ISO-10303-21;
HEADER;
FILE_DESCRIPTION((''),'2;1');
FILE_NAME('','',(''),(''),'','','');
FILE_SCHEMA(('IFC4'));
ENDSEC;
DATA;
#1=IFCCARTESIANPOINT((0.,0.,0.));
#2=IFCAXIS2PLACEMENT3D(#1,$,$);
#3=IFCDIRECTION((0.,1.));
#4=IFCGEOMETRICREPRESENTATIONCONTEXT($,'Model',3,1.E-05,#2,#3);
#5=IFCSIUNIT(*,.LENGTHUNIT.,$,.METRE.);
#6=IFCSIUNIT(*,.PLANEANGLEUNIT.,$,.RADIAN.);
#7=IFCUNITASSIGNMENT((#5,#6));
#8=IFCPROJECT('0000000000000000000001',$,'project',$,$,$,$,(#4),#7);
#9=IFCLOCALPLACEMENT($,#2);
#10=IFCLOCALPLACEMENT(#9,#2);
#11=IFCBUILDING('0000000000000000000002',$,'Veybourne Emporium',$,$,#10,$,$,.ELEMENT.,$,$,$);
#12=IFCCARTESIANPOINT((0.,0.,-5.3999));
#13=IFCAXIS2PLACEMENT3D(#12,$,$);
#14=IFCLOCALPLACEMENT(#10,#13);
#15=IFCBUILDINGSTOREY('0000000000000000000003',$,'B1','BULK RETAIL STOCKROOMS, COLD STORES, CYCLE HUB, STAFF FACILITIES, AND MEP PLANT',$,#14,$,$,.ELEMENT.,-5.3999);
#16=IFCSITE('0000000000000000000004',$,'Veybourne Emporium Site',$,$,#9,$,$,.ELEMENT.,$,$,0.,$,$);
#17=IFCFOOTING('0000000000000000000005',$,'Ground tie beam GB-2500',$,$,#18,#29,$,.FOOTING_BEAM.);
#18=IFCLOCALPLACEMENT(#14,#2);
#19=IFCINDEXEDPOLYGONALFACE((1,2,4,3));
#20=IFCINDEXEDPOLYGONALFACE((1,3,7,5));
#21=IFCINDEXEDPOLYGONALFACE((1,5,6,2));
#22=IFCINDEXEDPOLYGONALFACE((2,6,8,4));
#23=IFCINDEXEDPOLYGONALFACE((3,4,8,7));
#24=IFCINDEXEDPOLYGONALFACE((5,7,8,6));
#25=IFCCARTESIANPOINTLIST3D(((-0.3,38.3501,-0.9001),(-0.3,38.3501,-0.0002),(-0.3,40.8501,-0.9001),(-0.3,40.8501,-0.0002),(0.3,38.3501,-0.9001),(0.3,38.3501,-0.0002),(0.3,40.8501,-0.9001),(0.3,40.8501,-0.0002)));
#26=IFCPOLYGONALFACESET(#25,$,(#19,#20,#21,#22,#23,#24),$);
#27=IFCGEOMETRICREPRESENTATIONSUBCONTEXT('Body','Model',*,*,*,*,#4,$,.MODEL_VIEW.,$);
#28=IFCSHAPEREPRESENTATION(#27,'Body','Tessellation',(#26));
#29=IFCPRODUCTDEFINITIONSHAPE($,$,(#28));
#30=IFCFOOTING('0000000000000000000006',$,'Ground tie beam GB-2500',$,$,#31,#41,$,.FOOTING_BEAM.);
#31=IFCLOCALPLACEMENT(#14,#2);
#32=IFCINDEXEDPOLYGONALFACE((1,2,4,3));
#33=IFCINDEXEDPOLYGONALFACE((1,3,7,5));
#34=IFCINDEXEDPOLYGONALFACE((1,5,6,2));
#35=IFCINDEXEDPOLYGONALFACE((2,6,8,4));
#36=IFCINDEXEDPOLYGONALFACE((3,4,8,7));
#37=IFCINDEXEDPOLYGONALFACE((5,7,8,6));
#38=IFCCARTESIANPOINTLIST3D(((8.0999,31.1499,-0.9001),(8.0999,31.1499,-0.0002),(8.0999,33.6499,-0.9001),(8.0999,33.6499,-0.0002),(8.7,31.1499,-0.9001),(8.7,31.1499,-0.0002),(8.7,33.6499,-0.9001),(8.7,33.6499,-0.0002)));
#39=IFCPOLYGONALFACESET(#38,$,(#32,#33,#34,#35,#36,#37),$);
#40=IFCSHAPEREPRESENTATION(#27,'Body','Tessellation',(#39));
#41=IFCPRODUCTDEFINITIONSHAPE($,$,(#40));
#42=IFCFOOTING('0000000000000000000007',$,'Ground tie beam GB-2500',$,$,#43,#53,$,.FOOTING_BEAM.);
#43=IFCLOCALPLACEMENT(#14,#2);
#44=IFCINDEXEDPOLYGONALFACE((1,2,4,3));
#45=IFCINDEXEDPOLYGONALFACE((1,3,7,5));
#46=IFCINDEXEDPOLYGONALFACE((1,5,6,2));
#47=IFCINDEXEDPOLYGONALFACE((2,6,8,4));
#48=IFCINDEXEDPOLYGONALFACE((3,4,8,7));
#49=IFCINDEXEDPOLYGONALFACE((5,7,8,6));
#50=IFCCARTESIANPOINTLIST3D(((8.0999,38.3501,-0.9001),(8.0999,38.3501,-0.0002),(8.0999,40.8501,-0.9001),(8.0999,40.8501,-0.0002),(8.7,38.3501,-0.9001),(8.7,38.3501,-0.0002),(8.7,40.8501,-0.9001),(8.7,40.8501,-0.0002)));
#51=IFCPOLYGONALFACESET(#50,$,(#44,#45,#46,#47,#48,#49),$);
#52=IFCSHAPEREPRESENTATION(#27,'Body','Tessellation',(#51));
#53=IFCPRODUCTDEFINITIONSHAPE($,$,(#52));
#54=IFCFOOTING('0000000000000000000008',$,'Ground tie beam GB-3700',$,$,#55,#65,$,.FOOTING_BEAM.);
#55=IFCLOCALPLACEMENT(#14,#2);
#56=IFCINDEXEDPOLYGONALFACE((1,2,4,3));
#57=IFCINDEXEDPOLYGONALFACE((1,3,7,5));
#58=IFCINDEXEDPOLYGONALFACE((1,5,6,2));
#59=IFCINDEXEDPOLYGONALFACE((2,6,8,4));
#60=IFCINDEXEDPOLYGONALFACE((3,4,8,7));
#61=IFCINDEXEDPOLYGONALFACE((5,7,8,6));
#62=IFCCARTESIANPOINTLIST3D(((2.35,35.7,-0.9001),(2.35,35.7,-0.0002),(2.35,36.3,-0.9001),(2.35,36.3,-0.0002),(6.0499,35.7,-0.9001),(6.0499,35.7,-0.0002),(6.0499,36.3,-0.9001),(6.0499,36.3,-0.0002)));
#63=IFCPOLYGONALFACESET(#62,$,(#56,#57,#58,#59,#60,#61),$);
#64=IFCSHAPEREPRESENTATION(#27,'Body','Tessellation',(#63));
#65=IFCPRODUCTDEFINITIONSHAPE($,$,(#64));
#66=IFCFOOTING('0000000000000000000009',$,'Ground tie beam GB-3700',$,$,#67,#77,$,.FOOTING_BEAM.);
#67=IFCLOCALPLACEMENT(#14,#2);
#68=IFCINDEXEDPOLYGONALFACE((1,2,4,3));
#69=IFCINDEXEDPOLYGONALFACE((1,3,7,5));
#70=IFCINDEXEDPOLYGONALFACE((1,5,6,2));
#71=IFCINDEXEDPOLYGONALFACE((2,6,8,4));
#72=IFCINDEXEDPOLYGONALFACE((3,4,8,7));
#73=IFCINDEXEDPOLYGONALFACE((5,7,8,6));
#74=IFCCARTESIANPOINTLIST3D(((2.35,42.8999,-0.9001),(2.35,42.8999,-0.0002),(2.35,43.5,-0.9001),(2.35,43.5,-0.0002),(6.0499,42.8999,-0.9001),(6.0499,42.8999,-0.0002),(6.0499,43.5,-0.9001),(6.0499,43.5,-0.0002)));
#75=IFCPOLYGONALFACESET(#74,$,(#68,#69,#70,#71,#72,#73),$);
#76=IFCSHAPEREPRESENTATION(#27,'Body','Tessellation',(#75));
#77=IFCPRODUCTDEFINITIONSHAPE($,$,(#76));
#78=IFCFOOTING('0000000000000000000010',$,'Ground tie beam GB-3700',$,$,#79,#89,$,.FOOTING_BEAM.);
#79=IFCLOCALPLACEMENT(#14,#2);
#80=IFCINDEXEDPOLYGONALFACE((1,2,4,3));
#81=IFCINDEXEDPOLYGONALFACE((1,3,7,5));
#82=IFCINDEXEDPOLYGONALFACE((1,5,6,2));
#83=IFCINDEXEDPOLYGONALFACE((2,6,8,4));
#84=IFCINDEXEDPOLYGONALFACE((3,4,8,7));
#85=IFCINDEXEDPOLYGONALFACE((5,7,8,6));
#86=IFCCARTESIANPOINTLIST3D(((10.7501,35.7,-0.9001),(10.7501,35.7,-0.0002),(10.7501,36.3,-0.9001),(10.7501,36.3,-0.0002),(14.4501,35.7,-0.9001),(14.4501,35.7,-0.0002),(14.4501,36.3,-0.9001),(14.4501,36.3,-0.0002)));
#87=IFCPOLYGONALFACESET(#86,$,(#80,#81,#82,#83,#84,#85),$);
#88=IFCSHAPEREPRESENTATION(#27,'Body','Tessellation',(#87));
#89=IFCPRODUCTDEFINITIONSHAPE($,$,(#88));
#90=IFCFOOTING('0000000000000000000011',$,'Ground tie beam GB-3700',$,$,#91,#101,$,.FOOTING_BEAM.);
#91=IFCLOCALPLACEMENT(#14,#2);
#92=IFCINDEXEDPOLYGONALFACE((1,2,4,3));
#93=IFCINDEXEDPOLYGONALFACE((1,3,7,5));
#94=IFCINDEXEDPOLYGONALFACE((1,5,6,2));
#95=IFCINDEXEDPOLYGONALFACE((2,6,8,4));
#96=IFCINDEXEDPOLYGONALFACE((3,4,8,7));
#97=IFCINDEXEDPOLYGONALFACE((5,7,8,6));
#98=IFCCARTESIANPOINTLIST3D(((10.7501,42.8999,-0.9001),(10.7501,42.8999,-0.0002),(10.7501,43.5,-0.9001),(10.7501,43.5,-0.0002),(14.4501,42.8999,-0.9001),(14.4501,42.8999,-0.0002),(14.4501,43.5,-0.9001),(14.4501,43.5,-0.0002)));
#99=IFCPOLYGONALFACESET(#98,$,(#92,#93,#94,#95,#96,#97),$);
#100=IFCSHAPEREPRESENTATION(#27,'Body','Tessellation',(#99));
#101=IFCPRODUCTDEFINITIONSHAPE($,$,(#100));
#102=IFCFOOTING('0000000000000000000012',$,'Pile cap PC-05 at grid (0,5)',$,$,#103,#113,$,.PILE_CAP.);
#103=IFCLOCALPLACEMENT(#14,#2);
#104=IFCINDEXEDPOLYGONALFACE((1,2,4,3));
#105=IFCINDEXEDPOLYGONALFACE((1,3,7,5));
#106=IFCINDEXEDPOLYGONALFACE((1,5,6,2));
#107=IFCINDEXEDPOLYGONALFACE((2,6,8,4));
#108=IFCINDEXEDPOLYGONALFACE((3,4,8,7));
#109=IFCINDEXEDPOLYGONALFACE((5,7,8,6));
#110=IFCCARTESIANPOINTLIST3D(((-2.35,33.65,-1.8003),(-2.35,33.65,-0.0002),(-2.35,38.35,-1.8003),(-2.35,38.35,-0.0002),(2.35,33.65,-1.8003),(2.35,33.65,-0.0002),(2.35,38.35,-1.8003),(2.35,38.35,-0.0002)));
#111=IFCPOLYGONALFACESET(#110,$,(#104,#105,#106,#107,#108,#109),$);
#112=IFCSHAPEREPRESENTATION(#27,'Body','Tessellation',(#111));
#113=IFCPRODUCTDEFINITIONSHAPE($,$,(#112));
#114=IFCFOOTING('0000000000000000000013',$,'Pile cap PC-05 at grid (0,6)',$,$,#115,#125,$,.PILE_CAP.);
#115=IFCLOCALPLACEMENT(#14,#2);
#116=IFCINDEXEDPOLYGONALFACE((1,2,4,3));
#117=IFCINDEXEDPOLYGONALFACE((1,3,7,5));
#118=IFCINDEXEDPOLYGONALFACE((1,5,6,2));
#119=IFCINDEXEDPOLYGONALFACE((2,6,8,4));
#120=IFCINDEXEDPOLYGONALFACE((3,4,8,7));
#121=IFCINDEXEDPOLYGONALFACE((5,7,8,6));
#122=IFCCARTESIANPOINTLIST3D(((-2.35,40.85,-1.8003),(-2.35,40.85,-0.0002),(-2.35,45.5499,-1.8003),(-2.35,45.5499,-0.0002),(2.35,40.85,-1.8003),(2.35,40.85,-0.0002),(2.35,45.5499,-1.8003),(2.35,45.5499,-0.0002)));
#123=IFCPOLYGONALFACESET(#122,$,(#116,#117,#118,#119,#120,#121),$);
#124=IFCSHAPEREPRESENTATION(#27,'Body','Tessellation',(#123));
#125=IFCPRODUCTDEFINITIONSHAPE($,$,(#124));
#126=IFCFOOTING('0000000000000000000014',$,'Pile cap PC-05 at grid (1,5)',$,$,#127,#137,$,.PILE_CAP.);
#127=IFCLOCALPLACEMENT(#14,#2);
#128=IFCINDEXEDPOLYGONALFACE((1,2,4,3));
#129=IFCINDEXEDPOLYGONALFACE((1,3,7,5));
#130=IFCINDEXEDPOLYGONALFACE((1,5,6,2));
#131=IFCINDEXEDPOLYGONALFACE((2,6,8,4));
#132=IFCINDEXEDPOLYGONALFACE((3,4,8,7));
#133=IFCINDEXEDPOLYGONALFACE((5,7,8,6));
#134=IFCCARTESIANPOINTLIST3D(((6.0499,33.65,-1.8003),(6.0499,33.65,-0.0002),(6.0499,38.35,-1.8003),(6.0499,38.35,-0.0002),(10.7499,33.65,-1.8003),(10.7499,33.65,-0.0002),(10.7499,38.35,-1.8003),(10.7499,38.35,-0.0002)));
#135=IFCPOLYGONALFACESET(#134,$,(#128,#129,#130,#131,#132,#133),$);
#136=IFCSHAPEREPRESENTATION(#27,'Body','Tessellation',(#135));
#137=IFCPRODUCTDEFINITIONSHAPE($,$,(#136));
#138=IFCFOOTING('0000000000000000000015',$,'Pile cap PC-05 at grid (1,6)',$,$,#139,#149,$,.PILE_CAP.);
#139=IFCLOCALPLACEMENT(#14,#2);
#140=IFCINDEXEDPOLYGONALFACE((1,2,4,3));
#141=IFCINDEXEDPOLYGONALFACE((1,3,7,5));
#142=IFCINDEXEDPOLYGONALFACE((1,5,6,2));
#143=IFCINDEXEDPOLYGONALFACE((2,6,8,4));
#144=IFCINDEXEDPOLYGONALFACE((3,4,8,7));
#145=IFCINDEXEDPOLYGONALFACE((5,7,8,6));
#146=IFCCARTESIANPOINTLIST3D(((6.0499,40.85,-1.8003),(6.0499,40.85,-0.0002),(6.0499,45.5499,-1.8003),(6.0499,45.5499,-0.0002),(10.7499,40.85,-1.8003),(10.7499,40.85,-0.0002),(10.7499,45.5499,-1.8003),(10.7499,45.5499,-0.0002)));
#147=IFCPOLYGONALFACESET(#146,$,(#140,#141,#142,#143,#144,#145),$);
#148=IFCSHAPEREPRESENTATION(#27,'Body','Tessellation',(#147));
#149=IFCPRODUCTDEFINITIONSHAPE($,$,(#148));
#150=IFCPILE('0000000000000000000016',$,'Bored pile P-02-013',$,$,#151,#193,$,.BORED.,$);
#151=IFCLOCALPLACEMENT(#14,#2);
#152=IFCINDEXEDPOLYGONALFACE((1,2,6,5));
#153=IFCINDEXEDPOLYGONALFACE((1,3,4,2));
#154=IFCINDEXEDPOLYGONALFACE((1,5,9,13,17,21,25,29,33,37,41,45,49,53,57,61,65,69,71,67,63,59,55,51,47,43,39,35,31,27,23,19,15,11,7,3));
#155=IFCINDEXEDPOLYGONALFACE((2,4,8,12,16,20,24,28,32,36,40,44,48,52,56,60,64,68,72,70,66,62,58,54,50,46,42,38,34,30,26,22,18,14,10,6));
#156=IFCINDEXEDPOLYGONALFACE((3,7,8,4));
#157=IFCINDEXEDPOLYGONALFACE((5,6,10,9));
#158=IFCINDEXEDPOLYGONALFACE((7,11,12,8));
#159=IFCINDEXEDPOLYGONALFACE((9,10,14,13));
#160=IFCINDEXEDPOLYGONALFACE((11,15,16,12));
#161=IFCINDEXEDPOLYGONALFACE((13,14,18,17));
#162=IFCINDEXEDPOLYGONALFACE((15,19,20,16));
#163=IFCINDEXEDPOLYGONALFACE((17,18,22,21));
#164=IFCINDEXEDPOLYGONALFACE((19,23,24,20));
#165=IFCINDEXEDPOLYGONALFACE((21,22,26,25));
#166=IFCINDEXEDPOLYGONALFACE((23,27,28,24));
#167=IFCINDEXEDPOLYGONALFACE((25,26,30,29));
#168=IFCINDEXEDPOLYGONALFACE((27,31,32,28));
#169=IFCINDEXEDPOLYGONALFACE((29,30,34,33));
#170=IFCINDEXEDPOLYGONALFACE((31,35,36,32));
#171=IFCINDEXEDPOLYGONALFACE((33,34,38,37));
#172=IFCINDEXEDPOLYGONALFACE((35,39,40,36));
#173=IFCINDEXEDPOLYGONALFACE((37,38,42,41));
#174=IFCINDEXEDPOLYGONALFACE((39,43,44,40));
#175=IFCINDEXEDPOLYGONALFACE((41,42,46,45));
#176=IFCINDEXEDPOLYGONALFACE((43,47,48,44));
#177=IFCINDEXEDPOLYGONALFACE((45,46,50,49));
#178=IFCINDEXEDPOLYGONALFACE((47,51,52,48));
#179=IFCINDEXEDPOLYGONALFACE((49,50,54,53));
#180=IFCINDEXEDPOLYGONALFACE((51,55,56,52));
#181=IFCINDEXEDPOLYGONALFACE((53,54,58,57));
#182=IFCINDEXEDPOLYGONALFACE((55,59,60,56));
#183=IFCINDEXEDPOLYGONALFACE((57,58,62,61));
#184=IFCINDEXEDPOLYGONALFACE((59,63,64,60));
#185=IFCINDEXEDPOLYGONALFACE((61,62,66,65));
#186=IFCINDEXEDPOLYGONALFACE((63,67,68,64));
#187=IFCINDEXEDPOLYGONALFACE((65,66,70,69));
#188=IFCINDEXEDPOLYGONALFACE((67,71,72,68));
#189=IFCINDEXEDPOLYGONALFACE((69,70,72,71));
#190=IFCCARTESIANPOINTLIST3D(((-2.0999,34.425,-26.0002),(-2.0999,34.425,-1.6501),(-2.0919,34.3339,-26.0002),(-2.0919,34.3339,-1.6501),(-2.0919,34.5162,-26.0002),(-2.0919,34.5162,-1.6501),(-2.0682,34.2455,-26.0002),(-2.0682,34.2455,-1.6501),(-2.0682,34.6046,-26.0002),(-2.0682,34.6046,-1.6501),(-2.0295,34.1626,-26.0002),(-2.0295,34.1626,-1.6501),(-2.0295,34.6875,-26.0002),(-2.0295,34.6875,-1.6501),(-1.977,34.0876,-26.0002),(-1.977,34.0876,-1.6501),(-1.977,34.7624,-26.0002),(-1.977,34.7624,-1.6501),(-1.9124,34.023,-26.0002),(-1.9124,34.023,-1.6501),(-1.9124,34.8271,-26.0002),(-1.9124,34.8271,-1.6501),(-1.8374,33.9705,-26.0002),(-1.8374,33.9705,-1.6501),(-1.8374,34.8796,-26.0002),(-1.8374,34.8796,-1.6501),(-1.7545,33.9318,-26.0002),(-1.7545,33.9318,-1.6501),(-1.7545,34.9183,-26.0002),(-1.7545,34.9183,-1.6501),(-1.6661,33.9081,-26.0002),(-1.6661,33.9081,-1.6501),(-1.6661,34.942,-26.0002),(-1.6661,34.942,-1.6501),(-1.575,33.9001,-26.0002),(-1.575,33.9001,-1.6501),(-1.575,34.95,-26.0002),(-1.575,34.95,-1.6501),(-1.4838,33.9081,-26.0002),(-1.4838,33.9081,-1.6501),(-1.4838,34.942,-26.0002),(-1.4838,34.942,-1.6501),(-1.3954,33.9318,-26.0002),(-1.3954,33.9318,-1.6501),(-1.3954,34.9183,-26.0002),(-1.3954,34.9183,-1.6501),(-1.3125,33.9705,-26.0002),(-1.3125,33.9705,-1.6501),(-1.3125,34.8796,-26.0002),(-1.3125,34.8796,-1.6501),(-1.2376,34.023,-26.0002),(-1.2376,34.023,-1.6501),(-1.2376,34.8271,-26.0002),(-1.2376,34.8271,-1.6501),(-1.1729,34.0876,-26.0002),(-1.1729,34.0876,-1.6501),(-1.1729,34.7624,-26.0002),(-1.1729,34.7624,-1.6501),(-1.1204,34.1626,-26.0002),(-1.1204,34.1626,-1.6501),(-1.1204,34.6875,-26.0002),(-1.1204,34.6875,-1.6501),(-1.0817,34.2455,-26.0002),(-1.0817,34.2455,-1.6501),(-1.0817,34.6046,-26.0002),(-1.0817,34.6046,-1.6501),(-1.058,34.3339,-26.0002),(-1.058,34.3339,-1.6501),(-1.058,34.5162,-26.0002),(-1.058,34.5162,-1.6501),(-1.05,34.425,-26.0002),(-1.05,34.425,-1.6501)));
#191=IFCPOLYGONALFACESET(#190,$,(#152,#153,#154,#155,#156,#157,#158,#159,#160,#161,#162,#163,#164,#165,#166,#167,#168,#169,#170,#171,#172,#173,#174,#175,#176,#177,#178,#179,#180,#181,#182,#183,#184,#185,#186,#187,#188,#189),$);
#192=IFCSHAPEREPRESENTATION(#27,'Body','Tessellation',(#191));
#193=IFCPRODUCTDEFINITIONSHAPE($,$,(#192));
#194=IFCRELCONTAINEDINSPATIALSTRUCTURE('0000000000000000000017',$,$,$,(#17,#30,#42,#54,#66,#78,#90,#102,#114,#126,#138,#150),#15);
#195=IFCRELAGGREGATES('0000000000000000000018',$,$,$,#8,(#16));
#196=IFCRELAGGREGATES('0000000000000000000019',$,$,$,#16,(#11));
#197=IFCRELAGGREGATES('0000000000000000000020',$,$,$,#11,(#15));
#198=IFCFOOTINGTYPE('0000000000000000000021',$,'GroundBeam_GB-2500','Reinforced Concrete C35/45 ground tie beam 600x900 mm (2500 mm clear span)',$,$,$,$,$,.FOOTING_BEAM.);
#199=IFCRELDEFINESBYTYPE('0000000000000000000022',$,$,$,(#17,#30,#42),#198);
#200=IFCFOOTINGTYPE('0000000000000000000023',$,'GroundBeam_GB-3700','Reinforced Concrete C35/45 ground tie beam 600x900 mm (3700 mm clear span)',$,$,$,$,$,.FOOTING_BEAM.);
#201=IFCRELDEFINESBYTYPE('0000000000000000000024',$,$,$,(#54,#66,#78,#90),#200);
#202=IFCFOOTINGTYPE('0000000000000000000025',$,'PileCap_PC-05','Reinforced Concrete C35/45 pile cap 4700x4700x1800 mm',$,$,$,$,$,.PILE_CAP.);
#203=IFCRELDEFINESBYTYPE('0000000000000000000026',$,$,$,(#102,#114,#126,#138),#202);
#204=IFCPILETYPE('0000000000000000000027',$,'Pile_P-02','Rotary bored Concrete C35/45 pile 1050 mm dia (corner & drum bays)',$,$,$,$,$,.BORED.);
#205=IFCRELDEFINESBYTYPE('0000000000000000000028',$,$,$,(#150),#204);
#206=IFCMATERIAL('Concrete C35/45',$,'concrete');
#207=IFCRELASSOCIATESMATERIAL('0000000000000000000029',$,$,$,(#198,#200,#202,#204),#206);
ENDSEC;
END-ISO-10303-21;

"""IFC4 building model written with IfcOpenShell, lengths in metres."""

from ifc_helpers import new_model, si_unit, direction, frame, origin, origin_2d, place, context, subcontext, project, spatial, rectangle, circle, extrude, material, material_profile, profile_set, type_object, element, save


model = new_model("IFC4")

# Units and contexts
model_context = context("Model", 3, precision=1e-05, world=origin(), true_north=direction((0.0, 1.0)))
body_context = subcontext(model_context, "Body", "Model", "MODEL_VIEW")
ifc_project = project(units=[si_unit("LENGTHUNIT", "METRE"), si_unit("PLANEANGLEUNIT", "RADIAN")], contexts=[model_context])

# Site, building, storey
site_placement = place(None, origin())
site = spatial("IfcSite", under=ifc_project, at=site_placement, Name="Veybourne Emporium Site", CompositionType="ELEMENT", RefElevation=0.0)
building_placement = place(site_placement, origin())
building = spatial("IfcBuilding", under=site, at=building_placement, Name="Veybourne Emporium", CompositionType="ELEMENT")
storey_placement = place(building_placement, frame((0.0, 0.0, -5.3999)))
storey = spatial("IfcBuildingStorey", under=building, at=storey_placement, Name="B1", Description="BULK RETAIL STOCKROOMS, COLD STORES, CYCLE HUB, STAFF FACILITIES, AND MEP PLANT", CompositionType="ELEMENT", Elevation=-5.3999)

# Footings
ifc_material_1 = material(Name="Concrete C35/45", Category="concrete")
footing_type_1 = type_object("IfcFootingType", Name="GroundBeam_GB-2500", Description="Reinforced Concrete C35/45 ground tie beam 600x900 mm (2500 mm clear span)", PredefinedType="FOOTING_BEAM", material=ifc_material_1)
for number, where, z_axis, x_axis, name in (
    (1, (0.0, 39.6001, -0.9001), (0.0, 0.0, 1.0), (0.0, 1.0, 0.0), "Ground tie beam GB-2500"),
    (2, (8.3999, 32.3999, -0.9001), (0.0, 0.0, 1.0), (0.0, 1.0, 0.0), "Ground tie beam GB-2500"),
    (3, (8.3999, 39.6001, -0.9001), (0.0, 0.0, 1.0), (0.0, 1.0, 0.0), "Ground tie beam GB-2500"),
):
    element("IfcFooting", number, at=place(storey_placement, frame(where, z_axis=z_axis, x_axis=x_axis)), inside=storey, type_object=footing_type_1, Name=name, PredefinedType="FOOTING_BEAM", context=body_context, shape_type="SweptSolid", body=[
        extrude(rectangle(XDim=2.5, YDim=0.6001, at=origin_2d()), origin(), (0.0, 0.0, 1.0), 0.8999),
    ])
footing_type_2 = type_object("IfcFootingType", Name="GroundBeam_GB-3700", Description="Reinforced Concrete C35/45 ground tie beam 600x900 mm (3700 mm clear span)", PredefinedType="FOOTING_BEAM", material=ifc_material_1)
for number, where, z_axis, x_axis, name in (
    (4, (4.2, 36.0, -0.9001), (0.0, 0.0, 1.0), (1.0, 0.0, 0.0), "Ground tie beam GB-3700"),
    (5, (4.2, 43.2, -0.9001), (0.0, 0.0, 1.0), (1.0, 0.0, 0.0), "Ground tie beam GB-3700"),
    (6, (12.6001, 36.0, -0.9001), (0.0, 0.0, 1.0), (1.0, 0.0, 0.0), "Ground tie beam GB-3700"),
    (7, (12.6001, 43.2, -0.9001), (0.0, 0.0, 1.0), (1.0, 0.0, 0.0), "Ground tie beam GB-3700"),
):
    element("IfcFooting", number, at=place(storey_placement, frame(where, z_axis=z_axis, x_axis=x_axis)), inside=storey, type_object=footing_type_2, Name=name, PredefinedType="FOOTING_BEAM", context=body_context, shape_type="SweptSolid", body=[
        extrude(rectangle(XDim=3.7, YDim=0.6001, at=origin_2d()), origin(), (0.0, 0.0, 1.0), 0.8999),
    ])
footing_type_3 = type_object("IfcFootingType", Name="PileCap_PC-05", Description="Reinforced Concrete C35/45 pile cap 4700x4700x1800 mm", PredefinedType="PILE_CAP", material=ifc_material_1)
for number, where, z_axis, x_axis, name in (
    (8, (0.0, 36.0, -1.8003), (0.0, 0.0, 1.0), (1.0, 0.0, 0.0), "Pile cap PC-05 at grid (0,5)"),
    (9, (0.0, 43.2, -1.8003), (0.0, 0.0, 1.0), (1.0, 0.0, 0.0), "Pile cap PC-05 at grid (0,6)"),
    (10, (8.3999, 36.0, -1.8003), (0.0, 0.0, 1.0), (1.0, 0.0, 0.0), "Pile cap PC-05 at grid (1,5)"),
    (11, (8.3999, 43.2, -1.8003), (0.0, 0.0, 1.0), (1.0, 0.0, 0.0), "Pile cap PC-05 at grid (1,6)"),
):
    element("IfcFooting", number, at=place(storey_placement, frame(where, z_axis=z_axis, x_axis=x_axis)), inside=storey, type_object=footing_type_3, Name=name, PredefinedType="PILE_CAP", context=body_context, shape_type="SweptSolid", body=[
        extrude(rectangle(XDim=4.7, YDim=4.7, at=origin_2d()), origin(), (0.0, 0.0, 1.0), 1.8),
    ])

# Pile
ifc_material_profile_1 = material_profile(ifc_material_1, circle(Radius=0.5249, at=origin_2d()), Name="BORED PILE 1050")
ifc_profile_set_1 = profile_set([ifc_material_profile_1], Name="Concrete C35/45")
pile_type_1 = type_object("IfcPileType", Name="Pile_P-02", Description="Rotary bored Concrete C35/45 pile 1050 mm dia (corner & drum bays)", PredefinedType="BORED", material=ifc_profile_set_1)
for number, where, z_axis, x_axis, name in (
    (12, (-1.575, 34.425, -1.6501), (0.0, 0.0, -1.0), (1.0, 0.0, 0.0), "Bored pile P-02-013"),
):
    element("IfcPile", number, at=place(storey_placement, frame(where, z_axis=z_axis, x_axis=x_axis)), inside=storey, type_object=pile_type_1, Name=name, PredefinedType="BORED", context=body_context, shape_type="SweptSolid", body=[
        extrude(circle(Radius=0.5249, at=origin_2d()), origin(), (0.0, 0.0, 1.0), 24.3501),
    ])

save(model, "model.ifc")
